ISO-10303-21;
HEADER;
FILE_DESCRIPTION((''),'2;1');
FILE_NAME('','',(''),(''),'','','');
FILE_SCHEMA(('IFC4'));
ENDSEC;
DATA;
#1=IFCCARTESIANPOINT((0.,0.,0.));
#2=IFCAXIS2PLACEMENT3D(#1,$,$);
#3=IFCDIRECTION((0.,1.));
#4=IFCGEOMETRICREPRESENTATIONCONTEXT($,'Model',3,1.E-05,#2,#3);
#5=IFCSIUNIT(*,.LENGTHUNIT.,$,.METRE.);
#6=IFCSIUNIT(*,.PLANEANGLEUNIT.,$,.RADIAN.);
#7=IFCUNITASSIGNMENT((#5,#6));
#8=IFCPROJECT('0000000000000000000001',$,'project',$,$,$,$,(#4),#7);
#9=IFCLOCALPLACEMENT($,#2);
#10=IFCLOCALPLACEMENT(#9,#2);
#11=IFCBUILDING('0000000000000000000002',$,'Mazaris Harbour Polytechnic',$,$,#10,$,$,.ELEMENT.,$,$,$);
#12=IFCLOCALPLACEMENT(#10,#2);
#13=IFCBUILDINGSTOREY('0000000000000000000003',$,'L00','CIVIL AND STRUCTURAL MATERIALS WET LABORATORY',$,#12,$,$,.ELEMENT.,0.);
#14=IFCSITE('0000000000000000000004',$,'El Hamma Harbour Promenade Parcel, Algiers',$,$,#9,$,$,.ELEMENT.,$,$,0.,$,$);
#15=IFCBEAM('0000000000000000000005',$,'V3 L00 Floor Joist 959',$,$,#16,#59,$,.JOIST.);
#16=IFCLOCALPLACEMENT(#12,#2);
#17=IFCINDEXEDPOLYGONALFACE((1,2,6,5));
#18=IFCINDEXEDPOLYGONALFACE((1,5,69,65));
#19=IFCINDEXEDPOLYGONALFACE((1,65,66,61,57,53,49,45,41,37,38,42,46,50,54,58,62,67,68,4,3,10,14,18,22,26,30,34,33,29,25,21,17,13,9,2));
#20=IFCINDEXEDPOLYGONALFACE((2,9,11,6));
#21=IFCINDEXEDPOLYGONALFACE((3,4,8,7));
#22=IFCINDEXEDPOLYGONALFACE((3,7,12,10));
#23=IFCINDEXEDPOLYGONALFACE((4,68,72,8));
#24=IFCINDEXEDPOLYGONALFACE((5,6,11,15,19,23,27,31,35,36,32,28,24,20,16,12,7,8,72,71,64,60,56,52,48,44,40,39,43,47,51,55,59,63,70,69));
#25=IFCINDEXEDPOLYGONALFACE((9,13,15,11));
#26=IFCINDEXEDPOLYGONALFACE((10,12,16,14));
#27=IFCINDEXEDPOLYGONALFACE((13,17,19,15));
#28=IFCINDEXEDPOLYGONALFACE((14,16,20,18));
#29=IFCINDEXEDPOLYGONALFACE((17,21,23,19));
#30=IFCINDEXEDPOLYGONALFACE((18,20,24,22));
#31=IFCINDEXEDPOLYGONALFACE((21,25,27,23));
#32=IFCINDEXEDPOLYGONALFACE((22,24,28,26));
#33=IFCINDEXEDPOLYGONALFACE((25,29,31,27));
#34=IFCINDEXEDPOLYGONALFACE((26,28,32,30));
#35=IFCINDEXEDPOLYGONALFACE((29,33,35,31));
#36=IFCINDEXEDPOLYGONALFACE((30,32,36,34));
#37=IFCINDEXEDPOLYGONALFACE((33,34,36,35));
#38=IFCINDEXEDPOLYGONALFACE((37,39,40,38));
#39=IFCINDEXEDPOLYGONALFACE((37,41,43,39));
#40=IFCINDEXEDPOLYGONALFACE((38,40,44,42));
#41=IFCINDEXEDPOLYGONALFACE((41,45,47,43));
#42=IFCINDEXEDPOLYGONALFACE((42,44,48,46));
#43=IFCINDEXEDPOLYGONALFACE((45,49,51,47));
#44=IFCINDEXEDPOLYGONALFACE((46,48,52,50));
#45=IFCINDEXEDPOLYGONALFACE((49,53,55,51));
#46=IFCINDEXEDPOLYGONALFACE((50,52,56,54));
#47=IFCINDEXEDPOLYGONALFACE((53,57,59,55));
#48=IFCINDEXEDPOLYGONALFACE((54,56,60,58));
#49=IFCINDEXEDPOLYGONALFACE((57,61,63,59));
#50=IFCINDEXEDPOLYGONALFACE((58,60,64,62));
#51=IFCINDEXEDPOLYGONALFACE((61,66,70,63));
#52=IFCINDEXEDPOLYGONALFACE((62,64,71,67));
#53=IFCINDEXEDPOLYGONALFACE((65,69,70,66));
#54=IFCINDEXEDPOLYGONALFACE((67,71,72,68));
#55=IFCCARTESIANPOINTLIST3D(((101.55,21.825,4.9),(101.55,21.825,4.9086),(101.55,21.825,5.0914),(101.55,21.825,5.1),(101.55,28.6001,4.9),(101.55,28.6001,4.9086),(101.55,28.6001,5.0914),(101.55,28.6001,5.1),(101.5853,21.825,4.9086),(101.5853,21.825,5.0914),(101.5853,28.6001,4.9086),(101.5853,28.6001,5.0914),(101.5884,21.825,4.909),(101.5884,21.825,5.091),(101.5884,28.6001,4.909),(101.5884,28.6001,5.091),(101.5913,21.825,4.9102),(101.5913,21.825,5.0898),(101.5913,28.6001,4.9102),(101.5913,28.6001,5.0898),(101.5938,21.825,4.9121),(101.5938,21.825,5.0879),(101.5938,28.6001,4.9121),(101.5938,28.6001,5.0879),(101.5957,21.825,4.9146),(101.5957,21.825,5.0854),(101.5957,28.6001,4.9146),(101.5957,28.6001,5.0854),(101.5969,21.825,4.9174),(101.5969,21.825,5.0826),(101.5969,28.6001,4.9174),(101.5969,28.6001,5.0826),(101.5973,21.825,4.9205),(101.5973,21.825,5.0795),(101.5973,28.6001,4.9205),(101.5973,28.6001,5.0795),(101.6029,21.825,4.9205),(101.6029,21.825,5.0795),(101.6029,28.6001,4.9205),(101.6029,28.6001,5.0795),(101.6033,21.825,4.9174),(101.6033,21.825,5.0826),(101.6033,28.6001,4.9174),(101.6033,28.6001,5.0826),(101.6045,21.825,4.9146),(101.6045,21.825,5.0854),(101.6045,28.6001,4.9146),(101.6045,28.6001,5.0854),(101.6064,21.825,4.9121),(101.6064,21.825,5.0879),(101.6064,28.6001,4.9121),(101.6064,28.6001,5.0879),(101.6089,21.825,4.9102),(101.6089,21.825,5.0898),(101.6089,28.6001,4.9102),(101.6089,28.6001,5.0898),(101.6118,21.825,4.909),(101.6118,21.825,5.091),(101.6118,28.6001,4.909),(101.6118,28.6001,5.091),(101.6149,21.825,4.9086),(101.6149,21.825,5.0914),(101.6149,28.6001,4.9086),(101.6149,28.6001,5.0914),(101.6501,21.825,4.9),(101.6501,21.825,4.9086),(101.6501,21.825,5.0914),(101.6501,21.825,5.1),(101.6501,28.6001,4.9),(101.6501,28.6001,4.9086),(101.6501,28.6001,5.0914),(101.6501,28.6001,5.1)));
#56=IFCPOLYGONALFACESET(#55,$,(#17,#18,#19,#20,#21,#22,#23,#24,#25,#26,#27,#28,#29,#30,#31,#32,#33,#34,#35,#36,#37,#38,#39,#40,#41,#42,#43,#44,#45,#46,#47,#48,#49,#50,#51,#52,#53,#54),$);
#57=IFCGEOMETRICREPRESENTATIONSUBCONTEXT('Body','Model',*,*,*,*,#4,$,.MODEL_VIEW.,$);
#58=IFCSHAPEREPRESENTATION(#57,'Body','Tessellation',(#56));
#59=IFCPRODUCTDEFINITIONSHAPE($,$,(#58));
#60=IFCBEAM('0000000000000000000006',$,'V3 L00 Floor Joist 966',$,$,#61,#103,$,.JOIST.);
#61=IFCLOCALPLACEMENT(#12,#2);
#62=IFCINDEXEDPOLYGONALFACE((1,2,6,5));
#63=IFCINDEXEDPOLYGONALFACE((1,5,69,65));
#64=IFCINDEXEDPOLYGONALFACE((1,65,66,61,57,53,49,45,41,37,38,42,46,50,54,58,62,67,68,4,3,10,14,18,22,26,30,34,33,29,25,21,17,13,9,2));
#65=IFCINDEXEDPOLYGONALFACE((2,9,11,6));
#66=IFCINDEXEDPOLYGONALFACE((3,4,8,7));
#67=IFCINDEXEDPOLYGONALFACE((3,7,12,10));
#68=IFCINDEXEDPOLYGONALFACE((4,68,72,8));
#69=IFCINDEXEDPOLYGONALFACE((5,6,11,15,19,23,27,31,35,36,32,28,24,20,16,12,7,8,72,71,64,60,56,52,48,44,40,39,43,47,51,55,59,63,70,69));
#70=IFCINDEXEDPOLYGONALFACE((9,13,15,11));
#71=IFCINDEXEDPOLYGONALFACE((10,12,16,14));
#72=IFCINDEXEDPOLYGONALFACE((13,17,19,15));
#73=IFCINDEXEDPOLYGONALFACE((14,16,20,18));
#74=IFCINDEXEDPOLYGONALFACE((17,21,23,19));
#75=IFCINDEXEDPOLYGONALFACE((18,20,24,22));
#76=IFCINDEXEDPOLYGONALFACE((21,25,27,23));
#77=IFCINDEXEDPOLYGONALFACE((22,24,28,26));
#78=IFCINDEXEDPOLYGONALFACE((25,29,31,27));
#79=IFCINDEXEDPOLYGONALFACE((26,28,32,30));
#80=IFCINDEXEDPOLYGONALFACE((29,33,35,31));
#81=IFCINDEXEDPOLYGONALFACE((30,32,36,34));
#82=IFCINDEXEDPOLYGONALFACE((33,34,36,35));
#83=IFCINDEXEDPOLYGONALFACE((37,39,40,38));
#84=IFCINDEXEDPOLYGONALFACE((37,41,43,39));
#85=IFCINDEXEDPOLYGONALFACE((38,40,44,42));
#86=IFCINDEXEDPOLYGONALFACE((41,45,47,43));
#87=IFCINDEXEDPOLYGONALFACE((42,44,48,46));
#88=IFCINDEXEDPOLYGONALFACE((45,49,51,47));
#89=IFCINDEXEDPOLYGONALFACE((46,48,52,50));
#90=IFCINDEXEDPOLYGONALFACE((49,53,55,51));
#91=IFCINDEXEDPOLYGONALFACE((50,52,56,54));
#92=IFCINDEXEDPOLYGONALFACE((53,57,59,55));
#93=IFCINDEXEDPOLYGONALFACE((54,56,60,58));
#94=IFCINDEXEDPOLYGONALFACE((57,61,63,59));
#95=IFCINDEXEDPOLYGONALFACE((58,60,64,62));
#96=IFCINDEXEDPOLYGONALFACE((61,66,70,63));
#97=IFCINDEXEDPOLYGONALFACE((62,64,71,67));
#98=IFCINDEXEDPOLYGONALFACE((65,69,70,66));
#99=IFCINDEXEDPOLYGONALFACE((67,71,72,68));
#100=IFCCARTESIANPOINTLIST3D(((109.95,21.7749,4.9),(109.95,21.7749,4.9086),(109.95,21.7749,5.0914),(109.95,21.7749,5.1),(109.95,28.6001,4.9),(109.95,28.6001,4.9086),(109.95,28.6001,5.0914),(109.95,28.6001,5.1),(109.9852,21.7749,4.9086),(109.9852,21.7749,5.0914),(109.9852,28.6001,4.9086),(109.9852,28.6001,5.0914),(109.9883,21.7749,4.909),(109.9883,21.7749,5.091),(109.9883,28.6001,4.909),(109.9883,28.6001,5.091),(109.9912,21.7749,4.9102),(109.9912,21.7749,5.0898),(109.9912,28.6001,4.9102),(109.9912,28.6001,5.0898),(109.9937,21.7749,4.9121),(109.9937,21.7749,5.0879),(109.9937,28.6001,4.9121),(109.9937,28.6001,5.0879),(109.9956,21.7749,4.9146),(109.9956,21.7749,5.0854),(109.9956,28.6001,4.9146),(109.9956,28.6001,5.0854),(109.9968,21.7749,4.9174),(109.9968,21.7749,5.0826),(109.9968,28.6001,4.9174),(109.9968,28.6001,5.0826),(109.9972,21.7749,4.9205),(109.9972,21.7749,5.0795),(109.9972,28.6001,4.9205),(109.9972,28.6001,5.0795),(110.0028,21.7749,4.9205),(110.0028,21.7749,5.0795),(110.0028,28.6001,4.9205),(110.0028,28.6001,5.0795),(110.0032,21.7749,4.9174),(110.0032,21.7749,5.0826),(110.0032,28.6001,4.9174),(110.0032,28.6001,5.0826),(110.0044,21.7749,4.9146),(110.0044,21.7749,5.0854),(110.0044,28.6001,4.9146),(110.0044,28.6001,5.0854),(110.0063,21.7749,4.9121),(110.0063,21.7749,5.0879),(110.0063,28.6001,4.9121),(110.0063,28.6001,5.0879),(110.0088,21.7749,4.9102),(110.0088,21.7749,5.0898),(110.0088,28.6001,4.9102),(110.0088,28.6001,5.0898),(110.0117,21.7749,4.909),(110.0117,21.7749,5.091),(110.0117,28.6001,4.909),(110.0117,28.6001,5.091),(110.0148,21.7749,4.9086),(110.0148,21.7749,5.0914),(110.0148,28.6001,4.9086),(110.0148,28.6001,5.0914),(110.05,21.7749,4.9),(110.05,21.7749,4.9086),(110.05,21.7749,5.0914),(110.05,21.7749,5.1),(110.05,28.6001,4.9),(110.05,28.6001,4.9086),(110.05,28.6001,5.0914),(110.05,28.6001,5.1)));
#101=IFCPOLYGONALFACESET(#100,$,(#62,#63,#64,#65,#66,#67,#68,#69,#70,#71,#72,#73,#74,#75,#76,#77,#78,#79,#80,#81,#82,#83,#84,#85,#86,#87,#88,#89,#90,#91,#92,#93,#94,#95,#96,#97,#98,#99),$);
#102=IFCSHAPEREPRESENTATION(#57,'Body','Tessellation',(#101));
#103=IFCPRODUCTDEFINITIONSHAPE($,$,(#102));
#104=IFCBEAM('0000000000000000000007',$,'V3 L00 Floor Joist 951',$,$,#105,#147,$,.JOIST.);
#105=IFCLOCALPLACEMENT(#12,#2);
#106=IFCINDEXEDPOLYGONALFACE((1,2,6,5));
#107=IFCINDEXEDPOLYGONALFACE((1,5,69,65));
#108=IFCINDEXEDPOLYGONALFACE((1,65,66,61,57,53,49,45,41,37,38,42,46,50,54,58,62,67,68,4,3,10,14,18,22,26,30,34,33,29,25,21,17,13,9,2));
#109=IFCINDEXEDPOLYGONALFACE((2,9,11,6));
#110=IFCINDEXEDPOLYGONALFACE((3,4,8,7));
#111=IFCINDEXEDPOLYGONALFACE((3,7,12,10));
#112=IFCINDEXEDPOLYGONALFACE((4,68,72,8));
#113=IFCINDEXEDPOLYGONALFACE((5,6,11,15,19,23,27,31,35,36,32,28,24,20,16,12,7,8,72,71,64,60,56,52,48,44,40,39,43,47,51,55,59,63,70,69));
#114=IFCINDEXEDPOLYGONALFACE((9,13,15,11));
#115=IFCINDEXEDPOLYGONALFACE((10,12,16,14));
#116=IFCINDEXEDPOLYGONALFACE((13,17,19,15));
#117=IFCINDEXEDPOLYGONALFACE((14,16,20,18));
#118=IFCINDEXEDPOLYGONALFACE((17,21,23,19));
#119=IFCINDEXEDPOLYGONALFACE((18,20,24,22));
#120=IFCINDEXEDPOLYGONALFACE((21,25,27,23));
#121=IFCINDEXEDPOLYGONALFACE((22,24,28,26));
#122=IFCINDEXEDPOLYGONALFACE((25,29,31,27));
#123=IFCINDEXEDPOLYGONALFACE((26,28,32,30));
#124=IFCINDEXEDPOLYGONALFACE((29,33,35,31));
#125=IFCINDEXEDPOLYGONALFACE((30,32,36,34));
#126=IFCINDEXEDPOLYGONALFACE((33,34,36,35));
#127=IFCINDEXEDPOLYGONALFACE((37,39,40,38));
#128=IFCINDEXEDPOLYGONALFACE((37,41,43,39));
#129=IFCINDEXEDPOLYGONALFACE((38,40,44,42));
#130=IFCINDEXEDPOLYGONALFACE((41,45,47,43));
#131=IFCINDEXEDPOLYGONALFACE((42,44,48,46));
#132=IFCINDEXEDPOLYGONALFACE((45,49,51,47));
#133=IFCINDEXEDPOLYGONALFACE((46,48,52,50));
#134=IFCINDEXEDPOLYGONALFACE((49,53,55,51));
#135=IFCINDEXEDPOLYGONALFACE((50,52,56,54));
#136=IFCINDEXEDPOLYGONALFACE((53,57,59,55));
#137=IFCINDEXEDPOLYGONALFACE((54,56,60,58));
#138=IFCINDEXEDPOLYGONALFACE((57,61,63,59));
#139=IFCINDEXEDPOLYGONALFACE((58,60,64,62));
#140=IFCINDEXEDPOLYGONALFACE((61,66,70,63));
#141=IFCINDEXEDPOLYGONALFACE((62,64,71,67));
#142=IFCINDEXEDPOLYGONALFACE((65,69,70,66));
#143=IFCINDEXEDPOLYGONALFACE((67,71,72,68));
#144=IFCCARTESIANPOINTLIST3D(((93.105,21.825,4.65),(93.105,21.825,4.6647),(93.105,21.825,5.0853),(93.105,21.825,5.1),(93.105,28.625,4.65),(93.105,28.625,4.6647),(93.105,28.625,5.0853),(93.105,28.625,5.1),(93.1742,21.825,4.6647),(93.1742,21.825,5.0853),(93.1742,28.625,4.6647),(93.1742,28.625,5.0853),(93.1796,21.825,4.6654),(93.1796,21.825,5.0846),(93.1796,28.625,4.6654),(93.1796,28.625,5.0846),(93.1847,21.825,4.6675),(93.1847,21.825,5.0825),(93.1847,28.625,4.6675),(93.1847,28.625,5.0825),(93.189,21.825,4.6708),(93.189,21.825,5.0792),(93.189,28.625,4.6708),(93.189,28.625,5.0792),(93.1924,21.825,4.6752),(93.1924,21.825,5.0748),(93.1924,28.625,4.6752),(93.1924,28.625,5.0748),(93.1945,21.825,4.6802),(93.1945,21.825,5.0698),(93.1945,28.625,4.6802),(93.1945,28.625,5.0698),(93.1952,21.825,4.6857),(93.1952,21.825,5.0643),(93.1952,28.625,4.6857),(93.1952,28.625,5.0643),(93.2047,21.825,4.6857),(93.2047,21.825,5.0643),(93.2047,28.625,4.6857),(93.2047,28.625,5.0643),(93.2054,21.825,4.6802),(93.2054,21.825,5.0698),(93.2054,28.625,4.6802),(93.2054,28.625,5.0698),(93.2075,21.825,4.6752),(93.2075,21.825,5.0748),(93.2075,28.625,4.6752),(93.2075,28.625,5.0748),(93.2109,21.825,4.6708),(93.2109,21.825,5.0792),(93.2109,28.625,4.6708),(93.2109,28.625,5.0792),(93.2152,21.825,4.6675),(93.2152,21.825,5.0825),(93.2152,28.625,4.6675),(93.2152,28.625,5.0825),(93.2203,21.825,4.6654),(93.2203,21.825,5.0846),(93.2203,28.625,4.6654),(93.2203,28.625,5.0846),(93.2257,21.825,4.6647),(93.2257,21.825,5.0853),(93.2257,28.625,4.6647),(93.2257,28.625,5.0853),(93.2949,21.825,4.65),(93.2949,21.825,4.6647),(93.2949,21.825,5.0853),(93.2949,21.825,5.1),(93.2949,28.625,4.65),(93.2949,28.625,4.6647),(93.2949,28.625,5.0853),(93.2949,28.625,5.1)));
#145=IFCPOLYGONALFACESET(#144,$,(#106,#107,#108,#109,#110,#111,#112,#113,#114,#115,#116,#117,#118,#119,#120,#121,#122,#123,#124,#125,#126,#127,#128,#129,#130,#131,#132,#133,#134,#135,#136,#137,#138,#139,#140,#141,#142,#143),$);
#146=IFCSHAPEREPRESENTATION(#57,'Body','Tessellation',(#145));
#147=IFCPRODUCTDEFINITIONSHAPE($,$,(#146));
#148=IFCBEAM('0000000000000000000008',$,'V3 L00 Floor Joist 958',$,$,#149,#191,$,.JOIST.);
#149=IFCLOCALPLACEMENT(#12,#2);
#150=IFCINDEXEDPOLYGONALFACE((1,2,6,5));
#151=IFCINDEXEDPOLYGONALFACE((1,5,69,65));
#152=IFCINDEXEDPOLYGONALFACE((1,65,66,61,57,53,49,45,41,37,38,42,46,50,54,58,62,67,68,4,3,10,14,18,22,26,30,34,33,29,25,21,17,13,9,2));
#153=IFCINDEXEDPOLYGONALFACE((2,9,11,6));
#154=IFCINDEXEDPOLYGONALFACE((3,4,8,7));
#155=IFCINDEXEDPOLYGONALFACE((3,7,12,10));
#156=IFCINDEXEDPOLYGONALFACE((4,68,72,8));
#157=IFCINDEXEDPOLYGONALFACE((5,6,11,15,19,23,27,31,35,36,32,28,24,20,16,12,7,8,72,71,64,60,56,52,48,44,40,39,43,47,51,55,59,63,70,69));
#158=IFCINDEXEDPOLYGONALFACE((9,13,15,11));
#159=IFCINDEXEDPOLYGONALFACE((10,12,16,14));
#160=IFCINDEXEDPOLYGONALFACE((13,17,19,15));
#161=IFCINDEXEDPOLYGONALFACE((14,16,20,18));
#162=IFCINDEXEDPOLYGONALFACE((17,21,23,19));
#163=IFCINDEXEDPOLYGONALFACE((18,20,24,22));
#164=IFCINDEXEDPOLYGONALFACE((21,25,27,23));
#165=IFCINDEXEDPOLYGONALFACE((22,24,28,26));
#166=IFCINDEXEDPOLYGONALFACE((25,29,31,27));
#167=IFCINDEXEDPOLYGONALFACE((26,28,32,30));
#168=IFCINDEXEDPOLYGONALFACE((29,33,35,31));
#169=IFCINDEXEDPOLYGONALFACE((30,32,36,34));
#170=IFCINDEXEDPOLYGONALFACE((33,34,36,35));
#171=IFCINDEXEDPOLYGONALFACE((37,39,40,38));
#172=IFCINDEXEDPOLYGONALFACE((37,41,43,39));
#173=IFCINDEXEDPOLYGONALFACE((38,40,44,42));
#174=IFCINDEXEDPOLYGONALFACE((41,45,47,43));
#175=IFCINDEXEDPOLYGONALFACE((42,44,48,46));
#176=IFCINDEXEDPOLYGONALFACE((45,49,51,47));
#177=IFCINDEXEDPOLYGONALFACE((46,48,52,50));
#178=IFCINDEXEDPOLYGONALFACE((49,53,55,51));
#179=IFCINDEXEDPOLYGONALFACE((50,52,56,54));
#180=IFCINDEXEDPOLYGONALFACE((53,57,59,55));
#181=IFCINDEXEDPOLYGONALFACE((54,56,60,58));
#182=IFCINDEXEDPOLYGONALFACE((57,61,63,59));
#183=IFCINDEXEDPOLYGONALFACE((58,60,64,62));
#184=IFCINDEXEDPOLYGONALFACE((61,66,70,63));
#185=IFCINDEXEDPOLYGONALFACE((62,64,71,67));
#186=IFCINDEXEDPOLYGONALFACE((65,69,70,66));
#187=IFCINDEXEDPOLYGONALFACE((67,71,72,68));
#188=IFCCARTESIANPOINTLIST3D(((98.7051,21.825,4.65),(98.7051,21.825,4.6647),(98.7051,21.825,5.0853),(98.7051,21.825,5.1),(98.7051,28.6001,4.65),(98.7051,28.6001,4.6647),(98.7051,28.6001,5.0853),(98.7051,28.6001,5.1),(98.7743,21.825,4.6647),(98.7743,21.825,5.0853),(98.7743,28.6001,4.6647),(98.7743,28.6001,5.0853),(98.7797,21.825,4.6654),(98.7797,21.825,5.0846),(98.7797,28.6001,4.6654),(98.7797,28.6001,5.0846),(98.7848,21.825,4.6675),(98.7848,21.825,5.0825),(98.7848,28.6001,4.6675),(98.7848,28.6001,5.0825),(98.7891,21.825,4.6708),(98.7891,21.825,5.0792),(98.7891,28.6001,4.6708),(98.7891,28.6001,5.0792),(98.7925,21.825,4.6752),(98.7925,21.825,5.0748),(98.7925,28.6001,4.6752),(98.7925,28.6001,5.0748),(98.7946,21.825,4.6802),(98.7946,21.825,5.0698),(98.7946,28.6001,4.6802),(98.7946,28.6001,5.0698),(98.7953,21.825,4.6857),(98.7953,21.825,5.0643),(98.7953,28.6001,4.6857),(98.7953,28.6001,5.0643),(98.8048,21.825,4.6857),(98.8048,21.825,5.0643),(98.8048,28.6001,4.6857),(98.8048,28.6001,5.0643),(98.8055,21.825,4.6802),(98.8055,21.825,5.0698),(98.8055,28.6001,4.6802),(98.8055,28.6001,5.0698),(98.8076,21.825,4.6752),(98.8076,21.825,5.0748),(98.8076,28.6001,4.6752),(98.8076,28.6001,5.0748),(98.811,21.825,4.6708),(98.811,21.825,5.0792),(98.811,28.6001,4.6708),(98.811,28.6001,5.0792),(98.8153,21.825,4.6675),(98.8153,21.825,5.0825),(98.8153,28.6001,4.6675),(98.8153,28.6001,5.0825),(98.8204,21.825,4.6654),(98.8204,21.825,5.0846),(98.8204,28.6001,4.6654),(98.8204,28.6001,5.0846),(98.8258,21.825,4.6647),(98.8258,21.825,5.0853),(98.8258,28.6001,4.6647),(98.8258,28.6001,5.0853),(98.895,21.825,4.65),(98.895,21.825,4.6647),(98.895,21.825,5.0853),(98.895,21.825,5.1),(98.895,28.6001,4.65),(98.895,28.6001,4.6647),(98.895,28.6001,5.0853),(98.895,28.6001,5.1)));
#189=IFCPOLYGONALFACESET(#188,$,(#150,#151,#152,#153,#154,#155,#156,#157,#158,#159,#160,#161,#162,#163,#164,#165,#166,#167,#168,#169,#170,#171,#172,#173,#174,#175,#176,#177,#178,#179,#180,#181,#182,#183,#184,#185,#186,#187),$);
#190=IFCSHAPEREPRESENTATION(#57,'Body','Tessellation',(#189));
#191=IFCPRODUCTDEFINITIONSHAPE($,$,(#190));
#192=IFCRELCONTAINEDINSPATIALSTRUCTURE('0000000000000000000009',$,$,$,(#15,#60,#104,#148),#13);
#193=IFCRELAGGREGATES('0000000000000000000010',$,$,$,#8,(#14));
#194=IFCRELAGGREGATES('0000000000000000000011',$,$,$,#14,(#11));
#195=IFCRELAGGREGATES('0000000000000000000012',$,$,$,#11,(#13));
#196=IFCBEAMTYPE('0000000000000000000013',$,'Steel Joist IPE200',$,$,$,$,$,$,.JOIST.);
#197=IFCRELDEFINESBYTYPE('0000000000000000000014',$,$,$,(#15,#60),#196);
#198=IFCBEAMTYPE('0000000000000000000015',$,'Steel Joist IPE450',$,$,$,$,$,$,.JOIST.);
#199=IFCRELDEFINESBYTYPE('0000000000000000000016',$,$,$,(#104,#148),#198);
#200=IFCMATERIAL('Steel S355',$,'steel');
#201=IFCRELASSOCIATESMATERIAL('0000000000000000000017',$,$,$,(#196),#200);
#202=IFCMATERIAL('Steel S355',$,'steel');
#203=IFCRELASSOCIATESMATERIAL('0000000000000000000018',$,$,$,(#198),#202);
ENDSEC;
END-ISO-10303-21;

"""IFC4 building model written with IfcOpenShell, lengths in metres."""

from ifc_helpers import new_model, si_unit, direction, frame, origin, origin_2d, place, context, subcontext, project, spatial, i_section, extrude, material, material_profile, profile_set, type_object, element, save


model = new_model("IFC4")

# Units and contexts
model_context = context("Model", 3, precision=1e-05, world=origin(), true_north=direction((0.0, 1.0)))
body_context = subcontext(model_context, "Body", "Model", "MODEL_VIEW")
ifc_project = project(units=[si_unit("LENGTHUNIT", "METRE"), si_unit("PLANEANGLEUNIT", "RADIAN")], contexts=[model_context])

# Site, building, storey
site_placement = place(None, origin())
site = spatial("IfcSite", under=ifc_project, at=site_placement, Name="El Hamma Harbour Promenade Parcel, Algiers", CompositionType="ELEMENT", RefElevation=0.0)
building_placement = place(site_placement, origin())
building = spatial("IfcBuilding", under=site, at=building_placement, Name="Mazaris Harbour Polytechnic", CompositionType="ELEMENT")
storey_placement = place(building_placement, origin())
storey = spatial("IfcBuildingStorey", under=building, at=storey_placement, Name="L00", Description="CIVIL AND STRUCTURAL MATERIALS WET LABORATORY", CompositionType="ELEMENT", Elevation=0.0)

# Beams
ifc_material_1 = material(Name="Steel S355", Category="steel")
ifc_material_profile_1 = material_profile(ifc_material_1, i_section(OverallWidth=0.1001, OverallDepth=0.2, WebThickness=0.0056, FlangeThickness=0.0085, FilletRadius=0.012, at=origin_2d()), Name="IPE 200")
ifc_profile_set_1 = profile_set([ifc_material_profile_1], Name="Steel S355")
beam_type_1 = type_object("IfcBeamType", Name="Steel Joist IPE200", PredefinedType="JOIST", material=ifc_profile_set_1)
beam_1_placement = place(storey_placement, frame((101.6001, 21.825, 5.0), z_axis=(0.0, 1.0, 0.0), x_axis=(-1.0, 0.0, 0.0)))
element("IfcBeam", 1, at=beam_1_placement, inside=storey, type_object=beam_type_1, Name="V3 L00 Floor Joist 959", PredefinedType="JOIST", context=body_context, shape_type="SweptSolid", body=[
    extrude(i_section(OverallWidth=0.1001, OverallDepth=0.2, WebThickness=0.0056, FlangeThickness=0.0085, FilletRadius=0.012, at=origin_2d()), origin(), (0.0, 0.0, 1.0), 6.7751),
])
beam_2_placement = place(storey_placement, frame((110.0, 21.7749, 5.0), z_axis=(0.0, 1.0, 0.0), x_axis=(-1.0, 0.0, 0.0)))
element("IfcBeam", 2, at=beam_2_placement, inside=storey, type_object=beam_type_1, Name="V3 L00 Floor Joist 966", PredefinedType="JOIST", context=body_context, shape_type="SweptSolid", body=[
    extrude(i_section(OverallWidth=0.1001, OverallDepth=0.2, WebThickness=0.0056, FlangeThickness=0.0085, FilletRadius=0.012, at=origin_2d()), origin(), (0.0, 0.0, 1.0), 6.8252),
])
ifc_material_2 = material(Name="Steel S355", Category="steel")
ifc_material_profile_2 = material_profile(ifc_material_2, i_section(OverallWidth=0.1899, OverallDepth=0.45, WebThickness=0.0095, FlangeThickness=0.0146, FilletRadius=0.021, at=origin_2d()), Name="IPE 450")
ifc_profile_set_2 = profile_set([ifc_material_profile_2], Name="Steel S355")
beam_type_2 = type_object("IfcBeamType", Name="Steel Joist IPE450", PredefinedType="JOIST", material=ifc_profile_set_2)
beam_3_placement = place(storey_placement, frame((93.2, 21.825, 4.875), z_axis=(0.0, 1.0, 0.0), x_axis=(-1.0, 0.0, 0.0)))
element("IfcBeam", 3, at=beam_3_placement, inside=storey, type_object=beam_type_2, Name="V3 L00 Floor Joist 951", PredefinedType="JOIST", context=body_context, shape_type="SweptSolid", body=[
    extrude(i_section(OverallWidth=0.1899, OverallDepth=0.45, WebThickness=0.0095, FlangeThickness=0.0146, FilletRadius=0.021, at=origin_2d()), origin(), (0.0, 0.0, 1.0), 6.8),
])
beam_4_placement = place(storey_placement, frame((98.8, 21.825, 4.875), z_axis=(0.0, 1.0, 0.0), x_axis=(-1.0, 0.0, 0.0)))
element("IfcBeam", 4, at=beam_4_placement, inside=storey, type_object=beam_type_2, Name="V3 L00 Floor Joist 958", PredefinedType="JOIST", context=body_context, shape_type="SweptSolid", body=[
    extrude(i_section(OverallWidth=0.1899, OverallDepth=0.45, WebThickness=0.0095, FlangeThickness=0.0146, FilletRadius=0.021, at=origin_2d()), origin(), (0.0, 0.0, 1.0), 6.7751),
])

save(model, "model.ifc")
